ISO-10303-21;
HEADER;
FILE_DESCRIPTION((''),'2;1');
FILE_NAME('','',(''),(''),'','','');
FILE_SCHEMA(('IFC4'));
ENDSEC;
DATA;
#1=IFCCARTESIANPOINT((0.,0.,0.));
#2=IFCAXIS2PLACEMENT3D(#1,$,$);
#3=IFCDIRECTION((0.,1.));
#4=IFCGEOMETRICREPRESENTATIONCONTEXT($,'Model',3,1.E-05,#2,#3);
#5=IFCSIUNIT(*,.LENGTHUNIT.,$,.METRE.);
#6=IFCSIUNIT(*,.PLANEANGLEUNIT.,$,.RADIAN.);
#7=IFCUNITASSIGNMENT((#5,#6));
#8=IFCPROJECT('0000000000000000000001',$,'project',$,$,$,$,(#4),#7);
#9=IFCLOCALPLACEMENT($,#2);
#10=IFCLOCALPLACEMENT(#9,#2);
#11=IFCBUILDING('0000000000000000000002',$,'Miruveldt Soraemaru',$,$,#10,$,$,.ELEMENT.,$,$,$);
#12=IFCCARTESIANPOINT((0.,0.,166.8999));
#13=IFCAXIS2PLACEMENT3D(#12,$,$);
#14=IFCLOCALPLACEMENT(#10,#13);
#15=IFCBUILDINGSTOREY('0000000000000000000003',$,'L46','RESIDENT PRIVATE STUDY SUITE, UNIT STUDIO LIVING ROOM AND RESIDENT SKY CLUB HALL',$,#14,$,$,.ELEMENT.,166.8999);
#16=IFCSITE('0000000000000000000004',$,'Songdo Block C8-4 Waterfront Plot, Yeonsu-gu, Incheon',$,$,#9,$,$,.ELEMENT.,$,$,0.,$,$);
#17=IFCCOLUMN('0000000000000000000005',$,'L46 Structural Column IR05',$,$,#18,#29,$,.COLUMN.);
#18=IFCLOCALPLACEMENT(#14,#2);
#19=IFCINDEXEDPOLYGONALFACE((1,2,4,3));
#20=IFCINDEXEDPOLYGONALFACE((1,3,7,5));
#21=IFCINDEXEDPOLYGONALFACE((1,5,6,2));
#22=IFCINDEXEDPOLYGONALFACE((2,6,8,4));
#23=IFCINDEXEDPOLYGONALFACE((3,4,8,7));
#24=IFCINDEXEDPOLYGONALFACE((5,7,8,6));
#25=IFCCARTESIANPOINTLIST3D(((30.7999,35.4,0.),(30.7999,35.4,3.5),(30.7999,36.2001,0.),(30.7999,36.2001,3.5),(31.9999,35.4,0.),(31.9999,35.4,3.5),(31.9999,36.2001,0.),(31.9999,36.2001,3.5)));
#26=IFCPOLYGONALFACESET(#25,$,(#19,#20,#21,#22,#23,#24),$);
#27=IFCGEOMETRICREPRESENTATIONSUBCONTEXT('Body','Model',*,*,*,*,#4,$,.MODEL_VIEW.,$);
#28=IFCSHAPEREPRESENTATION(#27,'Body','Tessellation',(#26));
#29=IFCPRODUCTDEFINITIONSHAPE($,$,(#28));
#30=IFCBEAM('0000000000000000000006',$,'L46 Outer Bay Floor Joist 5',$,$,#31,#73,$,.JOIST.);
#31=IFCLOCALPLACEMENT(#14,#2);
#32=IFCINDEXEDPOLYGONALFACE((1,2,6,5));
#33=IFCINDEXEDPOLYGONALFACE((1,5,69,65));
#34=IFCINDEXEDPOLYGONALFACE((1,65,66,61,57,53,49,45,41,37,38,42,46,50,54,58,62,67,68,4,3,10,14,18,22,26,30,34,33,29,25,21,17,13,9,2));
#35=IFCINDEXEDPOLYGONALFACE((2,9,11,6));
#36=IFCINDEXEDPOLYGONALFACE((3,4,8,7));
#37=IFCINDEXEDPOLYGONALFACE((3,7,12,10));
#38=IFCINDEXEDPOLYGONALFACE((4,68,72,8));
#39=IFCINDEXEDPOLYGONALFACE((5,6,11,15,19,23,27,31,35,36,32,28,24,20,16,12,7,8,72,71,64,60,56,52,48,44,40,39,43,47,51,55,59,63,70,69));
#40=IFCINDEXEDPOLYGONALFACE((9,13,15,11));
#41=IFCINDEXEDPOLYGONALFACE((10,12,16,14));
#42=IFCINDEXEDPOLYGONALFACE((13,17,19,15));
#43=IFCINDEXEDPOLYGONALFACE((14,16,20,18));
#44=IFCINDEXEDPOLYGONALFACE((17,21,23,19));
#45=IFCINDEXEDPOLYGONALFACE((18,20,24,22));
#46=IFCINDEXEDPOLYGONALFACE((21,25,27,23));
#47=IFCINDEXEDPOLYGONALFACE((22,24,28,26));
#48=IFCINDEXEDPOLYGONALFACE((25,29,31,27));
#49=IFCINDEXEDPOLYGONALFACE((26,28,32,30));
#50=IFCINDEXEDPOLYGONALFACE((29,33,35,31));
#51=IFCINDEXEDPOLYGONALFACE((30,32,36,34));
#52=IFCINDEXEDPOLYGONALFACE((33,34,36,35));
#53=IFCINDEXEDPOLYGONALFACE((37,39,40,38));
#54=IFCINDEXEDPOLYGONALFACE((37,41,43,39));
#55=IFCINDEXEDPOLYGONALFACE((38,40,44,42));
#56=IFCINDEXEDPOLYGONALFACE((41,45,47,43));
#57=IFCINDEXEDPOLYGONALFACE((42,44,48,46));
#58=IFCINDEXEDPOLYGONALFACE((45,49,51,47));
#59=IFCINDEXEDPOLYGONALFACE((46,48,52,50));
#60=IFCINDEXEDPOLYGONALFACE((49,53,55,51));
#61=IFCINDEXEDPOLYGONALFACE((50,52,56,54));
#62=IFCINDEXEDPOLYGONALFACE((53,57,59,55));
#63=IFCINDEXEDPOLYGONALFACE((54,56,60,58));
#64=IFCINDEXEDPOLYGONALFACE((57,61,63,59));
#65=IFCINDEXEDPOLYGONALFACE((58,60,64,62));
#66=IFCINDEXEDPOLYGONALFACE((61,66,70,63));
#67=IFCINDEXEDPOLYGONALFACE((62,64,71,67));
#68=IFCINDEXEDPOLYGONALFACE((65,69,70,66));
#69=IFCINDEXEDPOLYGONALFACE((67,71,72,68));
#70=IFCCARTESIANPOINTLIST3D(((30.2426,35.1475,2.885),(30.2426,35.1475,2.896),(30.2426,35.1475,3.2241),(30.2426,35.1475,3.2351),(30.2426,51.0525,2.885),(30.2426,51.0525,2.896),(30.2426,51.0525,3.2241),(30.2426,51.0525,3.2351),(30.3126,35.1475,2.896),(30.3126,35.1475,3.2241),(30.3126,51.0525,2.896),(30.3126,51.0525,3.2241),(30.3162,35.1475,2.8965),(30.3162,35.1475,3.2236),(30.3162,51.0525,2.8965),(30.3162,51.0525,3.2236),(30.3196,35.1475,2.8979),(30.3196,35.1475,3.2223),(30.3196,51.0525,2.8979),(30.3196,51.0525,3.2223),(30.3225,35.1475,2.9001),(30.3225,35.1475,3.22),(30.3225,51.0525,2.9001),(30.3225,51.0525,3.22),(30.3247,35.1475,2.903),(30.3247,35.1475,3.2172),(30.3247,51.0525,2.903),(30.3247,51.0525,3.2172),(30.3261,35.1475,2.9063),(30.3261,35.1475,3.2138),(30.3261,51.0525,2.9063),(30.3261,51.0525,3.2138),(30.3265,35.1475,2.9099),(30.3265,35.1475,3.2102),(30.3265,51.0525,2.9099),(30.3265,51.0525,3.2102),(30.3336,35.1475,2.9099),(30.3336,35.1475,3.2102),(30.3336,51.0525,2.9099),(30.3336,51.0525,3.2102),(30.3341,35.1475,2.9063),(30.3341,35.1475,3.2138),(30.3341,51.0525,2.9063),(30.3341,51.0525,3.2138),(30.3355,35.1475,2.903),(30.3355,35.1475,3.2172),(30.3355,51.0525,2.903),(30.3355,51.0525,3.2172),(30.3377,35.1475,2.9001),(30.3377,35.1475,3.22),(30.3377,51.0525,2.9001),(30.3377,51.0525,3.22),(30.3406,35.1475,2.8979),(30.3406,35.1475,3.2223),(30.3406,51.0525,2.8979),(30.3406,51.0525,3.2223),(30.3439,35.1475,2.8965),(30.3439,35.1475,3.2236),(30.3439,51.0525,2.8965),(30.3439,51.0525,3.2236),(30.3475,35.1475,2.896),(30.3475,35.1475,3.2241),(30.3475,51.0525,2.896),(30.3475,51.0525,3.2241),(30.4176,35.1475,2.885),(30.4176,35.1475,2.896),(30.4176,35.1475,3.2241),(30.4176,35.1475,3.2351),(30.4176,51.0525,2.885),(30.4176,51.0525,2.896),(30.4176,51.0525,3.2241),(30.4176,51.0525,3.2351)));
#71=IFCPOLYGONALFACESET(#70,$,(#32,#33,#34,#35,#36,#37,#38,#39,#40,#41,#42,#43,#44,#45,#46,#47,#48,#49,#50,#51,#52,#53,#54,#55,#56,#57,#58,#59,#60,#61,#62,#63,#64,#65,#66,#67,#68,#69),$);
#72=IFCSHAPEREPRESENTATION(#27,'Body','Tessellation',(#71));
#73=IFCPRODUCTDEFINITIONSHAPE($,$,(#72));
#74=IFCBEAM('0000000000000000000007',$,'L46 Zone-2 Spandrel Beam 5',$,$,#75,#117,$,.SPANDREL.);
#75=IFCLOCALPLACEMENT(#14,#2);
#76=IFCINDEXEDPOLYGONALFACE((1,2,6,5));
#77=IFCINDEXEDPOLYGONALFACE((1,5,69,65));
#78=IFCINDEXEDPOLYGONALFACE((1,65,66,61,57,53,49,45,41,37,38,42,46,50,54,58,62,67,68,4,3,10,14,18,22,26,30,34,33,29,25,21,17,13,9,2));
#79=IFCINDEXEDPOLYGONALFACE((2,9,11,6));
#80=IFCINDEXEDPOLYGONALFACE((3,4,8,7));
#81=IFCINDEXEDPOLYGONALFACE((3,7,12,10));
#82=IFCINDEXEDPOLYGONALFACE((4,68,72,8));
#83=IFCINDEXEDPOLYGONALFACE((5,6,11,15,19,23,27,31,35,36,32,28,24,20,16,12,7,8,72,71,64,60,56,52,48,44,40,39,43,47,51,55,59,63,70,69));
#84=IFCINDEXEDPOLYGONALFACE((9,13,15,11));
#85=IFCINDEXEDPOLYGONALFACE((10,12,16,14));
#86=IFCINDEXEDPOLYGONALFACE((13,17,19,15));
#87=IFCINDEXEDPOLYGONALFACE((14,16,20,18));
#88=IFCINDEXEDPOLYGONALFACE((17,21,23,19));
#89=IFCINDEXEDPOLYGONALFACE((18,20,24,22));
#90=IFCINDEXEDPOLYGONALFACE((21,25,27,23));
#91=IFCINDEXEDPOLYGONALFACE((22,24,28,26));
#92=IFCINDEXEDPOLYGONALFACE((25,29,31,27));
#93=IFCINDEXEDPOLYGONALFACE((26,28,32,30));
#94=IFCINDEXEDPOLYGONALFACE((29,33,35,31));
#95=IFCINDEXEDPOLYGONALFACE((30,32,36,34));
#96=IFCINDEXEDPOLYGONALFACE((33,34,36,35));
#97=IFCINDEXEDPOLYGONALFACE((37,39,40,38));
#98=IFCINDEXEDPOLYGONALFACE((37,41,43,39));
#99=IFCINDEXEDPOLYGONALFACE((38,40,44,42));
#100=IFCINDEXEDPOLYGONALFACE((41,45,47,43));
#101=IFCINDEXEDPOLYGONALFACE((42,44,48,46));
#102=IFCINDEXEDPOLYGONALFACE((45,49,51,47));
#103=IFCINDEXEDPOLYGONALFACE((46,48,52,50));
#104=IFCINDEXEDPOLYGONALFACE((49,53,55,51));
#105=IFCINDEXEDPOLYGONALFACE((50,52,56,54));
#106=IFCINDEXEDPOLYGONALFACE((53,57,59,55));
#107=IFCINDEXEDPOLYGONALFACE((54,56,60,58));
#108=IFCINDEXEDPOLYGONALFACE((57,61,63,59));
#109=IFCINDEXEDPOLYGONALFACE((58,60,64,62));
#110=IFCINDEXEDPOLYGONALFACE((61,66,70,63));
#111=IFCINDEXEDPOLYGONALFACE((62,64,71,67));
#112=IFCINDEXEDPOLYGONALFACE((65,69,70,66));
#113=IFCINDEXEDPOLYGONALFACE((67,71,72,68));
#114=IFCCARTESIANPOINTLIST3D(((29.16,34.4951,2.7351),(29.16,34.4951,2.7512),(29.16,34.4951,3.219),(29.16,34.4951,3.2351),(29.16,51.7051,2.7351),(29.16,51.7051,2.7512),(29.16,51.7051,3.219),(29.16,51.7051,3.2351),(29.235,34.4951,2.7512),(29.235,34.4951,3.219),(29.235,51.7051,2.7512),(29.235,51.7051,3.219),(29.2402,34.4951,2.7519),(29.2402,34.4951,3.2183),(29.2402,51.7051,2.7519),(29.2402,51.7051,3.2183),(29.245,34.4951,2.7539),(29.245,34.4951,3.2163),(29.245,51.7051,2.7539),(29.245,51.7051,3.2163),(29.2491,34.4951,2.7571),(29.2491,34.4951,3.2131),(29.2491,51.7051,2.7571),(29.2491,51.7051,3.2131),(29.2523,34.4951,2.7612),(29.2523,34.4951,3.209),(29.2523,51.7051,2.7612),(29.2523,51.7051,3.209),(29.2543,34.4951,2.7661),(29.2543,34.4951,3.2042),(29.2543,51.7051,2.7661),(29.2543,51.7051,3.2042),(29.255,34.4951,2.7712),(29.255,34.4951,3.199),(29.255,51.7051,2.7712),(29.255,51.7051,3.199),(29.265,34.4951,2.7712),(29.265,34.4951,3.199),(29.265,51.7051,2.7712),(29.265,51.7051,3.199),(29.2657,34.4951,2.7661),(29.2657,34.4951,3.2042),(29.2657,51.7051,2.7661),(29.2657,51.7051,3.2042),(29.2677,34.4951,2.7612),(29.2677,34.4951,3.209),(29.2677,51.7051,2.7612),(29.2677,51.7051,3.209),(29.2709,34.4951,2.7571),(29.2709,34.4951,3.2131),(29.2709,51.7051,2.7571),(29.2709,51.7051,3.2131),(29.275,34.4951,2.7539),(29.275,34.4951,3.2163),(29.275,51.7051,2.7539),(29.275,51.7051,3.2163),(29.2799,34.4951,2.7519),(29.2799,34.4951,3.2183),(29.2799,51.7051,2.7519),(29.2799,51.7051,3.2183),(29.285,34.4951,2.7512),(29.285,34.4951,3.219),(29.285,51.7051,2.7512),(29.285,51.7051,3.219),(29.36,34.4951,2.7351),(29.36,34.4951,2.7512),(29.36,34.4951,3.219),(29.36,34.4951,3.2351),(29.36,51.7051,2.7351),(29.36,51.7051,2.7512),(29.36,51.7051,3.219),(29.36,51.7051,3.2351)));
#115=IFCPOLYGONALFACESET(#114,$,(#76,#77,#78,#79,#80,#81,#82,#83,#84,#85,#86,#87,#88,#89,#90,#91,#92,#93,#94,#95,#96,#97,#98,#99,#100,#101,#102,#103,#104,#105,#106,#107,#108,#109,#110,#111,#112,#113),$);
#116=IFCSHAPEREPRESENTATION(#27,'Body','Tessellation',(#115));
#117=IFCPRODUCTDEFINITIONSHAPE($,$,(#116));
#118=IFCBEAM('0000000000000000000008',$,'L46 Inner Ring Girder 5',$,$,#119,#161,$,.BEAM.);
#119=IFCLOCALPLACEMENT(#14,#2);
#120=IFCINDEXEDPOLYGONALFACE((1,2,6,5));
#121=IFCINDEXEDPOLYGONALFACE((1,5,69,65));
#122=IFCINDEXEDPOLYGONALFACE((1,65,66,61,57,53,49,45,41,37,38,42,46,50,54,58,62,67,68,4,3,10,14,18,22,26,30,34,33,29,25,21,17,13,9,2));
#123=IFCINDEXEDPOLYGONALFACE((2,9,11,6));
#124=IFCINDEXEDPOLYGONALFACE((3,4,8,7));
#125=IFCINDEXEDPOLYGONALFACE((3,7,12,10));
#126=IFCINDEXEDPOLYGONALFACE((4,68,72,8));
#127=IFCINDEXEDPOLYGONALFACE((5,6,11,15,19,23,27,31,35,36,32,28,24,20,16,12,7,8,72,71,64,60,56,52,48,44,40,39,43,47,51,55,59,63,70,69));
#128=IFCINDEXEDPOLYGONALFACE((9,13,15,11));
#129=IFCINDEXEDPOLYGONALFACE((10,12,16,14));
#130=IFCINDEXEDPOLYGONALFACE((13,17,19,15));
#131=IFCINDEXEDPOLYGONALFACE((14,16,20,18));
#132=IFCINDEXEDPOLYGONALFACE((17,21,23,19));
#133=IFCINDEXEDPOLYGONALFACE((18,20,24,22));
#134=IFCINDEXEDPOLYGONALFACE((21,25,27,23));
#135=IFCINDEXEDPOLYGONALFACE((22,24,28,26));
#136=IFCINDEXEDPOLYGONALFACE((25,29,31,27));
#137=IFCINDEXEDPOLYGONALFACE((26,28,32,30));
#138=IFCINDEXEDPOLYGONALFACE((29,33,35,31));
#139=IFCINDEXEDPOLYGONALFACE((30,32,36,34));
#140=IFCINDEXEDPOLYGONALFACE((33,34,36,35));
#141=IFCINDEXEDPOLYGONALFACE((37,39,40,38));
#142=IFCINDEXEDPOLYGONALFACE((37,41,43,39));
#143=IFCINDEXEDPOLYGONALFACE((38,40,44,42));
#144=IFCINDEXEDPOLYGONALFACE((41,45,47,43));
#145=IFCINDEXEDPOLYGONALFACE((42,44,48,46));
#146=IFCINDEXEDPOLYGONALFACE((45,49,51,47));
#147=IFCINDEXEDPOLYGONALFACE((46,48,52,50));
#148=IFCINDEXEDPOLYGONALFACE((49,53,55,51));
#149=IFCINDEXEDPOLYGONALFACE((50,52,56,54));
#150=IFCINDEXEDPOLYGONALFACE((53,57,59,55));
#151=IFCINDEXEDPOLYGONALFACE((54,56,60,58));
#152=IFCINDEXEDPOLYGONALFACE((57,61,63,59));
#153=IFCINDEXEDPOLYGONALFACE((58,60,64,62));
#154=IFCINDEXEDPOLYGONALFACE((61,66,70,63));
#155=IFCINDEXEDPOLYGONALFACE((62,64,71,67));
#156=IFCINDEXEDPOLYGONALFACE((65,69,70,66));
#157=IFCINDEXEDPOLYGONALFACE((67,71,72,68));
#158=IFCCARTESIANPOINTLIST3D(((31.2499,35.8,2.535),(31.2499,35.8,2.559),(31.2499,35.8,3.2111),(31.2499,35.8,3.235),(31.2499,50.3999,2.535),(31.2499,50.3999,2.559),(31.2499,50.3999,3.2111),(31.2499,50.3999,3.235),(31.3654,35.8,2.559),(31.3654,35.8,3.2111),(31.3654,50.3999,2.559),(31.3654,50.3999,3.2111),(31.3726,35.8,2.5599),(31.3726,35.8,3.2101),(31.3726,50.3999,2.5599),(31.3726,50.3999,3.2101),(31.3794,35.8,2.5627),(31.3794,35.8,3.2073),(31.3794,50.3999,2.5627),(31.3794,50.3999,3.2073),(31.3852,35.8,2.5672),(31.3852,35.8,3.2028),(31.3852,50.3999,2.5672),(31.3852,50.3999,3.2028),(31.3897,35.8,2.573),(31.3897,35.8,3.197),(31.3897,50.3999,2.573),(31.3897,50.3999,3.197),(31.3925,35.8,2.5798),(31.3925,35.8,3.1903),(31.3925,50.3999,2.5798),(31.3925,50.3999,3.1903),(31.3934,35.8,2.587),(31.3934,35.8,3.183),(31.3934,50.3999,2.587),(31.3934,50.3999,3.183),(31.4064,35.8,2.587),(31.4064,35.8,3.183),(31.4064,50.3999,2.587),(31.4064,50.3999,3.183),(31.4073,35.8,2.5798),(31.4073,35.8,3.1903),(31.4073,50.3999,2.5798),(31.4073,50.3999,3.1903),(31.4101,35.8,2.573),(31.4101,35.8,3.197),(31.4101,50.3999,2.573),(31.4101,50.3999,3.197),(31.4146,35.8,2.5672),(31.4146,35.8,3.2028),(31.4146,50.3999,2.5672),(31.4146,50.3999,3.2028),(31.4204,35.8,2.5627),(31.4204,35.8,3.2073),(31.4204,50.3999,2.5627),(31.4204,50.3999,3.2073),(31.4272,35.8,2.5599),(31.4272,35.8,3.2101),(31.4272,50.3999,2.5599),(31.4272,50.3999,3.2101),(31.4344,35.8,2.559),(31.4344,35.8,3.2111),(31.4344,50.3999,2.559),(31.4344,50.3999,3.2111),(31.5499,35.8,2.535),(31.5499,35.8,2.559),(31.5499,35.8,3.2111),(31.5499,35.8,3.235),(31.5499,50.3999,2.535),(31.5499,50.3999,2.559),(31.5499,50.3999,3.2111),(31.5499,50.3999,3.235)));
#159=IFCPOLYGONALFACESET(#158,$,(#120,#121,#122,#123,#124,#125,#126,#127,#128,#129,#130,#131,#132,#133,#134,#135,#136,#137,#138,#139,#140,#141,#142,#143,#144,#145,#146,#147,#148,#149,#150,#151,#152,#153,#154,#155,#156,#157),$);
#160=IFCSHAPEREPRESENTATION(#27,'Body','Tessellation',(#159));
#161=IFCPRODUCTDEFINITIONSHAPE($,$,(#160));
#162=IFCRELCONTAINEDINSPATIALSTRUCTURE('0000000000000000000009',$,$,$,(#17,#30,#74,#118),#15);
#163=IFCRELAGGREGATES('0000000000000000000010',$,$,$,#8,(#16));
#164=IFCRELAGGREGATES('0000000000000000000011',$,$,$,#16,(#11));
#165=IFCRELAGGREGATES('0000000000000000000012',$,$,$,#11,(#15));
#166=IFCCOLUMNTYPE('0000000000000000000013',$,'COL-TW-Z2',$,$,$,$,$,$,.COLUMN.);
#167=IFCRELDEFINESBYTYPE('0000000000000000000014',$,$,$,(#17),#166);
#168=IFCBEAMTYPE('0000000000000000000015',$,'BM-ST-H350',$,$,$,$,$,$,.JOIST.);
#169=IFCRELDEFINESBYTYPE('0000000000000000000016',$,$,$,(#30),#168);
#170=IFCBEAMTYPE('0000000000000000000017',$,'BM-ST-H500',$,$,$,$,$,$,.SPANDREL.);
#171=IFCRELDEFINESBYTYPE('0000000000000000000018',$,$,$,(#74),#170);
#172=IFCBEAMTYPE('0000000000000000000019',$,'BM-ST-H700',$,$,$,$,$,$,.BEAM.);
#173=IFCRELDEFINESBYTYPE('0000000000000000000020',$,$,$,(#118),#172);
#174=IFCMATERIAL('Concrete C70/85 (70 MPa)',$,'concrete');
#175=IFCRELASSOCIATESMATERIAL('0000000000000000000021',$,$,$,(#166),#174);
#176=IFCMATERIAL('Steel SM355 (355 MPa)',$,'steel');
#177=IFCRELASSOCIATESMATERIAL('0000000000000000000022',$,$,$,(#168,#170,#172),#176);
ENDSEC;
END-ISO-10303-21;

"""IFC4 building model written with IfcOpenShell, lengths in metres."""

from ifc_helpers import new_model, si_unit, direction, frame, origin, origin_2d, place, context, subcontext, project, spatial, rectangle, i_section, extrude, material, material_profile, profile_set, type_object, element, save


model = new_model("IFC4")

# Units and contexts
model_context = context("Model", 3, precision=1e-05, world=origin(), true_north=direction((0.0, 1.0)))
body_context = subcontext(model_context, "Body", "Model", "MODEL_VIEW")
ifc_project = project(units=[si_unit("LENGTHUNIT", "METRE"), si_unit("PLANEANGLEUNIT", "RADIAN")], contexts=[model_context])

# Site, building, storey
site_placement = place(None, origin())
site = spatial("IfcSite", under=ifc_project, at=site_placement, Name="Songdo Block C8-4 Waterfront Plot, Yeonsu-gu, Incheon", CompositionType="ELEMENT", RefElevation=0.0)
building_placement = place(site_placement, origin())
building = spatial("IfcBuilding", under=site, at=building_placement, Name="Miruveldt Soraemaru", CompositionType="ELEMENT")
storey_placement = place(building_placement, frame((0.0, 0.0, 166.8999)))
storey = spatial("IfcBuildingStorey", under=building, at=storey_placement, Name="L46", Description="RESIDENT PRIVATE STUDY SUITE, UNIT STUDIO LIVING ROOM AND RESIDENT SKY CLUB HALL", CompositionType="ELEMENT", Elevation=166.8999)

# Column
ifc_material_1 = material(Name="Concrete C70/85 (70 MPa)", Category="concrete")
ifc_material_profile_1 = material_profile(ifc_material_1, rectangle(XDim=1.2, YDim=0.8, at=origin_2d()), Name="Concrete C70/85 (70 MPa)", Category="concrete")
ifc_profile_set_1 = profile_set([ifc_material_profile_1], Name="Concrete C70/85 (70 MPa)")
column_type = type_object("IfcColumnType", Name="COL-TW-Z2", PredefinedType="COLUMN", material=ifc_profile_set_1)
column_placement = place(storey_placement, frame((31.3999, 35.8, 0.0), z_axis=(0.0, 0.0, 1.0), x_axis=(1.0, 0.0, 0.0)))
element("IfcColumn", 1, at=column_placement, inside=storey, type_object=column_type, Name="L46 Structural Column IR05", PredefinedType="COLUMN", context=body_context, shape_type="SweptSolid", body=[
    extrude(rectangle(XDim=1.2, YDim=0.8, at=origin_2d()), origin(), (0.0, 0.0, 1.0), 3.5),
])

# Beams
ifc_material_2 = material(Name="Steel SM355 (355 MPa)", Category="steel")
ifc_material_profile_2 = material_profile(ifc_material_2, i_section(OverallWidth=0.175, OverallDepth=0.3501, WebThickness=0.0071, FlangeThickness=0.011, FilletRadius=0.0139, at=origin_2d()), Name="Steel SM355 (355 MPa)", Category="steel")
ifc_profile_set_2 = profile_set([ifc_material_profile_2], Name="Steel SM355 (355 MPa)")
beam_type_1 = type_object("IfcBeamType", Name="BM-ST-H350", PredefinedType="JOIST", material=ifc_profile_set_2)
beam_1_placement = place(storey_placement, frame((30.3301, 35.1475, 3.0601), z_axis=(0.0, 1.0, 0.0), x_axis=(-1.0, 0.0, 0.0)))
element("IfcBeam", 2, at=beam_1_placement, inside=storey, type_object=beam_type_1, Name="L46 Outer Bay Floor Joist 5", PredefinedType="JOIST", context=body_context, shape_type="SweptSolid", body=[
    extrude(i_section(OverallWidth=0.175, OverallDepth=0.3501, WebThickness=0.0071, FlangeThickness=0.011, FilletRadius=0.0139, at=origin_2d()), origin(), (0.0, 0.0, 1.0), 15.905),
])
ifc_material_profile_3 = material_profile(ifc_material_2, i_section(OverallWidth=0.2, OverallDepth=0.5, WebThickness=0.01, FlangeThickness=0.0161, FilletRadius=0.02, at=origin_2d()), Name="Steel SM355 (355 MPa)", Category="steel")
ifc_profile_set_3 = profile_set([ifc_material_profile_3], Name="Steel SM355 (355 MPa)")
beam_type_2 = type_object("IfcBeamType", Name="BM-ST-H500", PredefinedType="SPANDREL", material=ifc_profile_set_3)
beam_2_placement = place(storey_placement, frame((29.26, 34.4951, 2.9851), z_axis=(0.0, 1.0, 0.0), x_axis=(-1.0, 0.0, 0.0)))
element("IfcBeam", 3, at=beam_2_placement, inside=storey, type_object=beam_type_2, Name="L46 Zone-2 Spandrel Beam 5", PredefinedType="SPANDREL", context=body_context, shape_type="SweptSolid", body=[
    extrude(i_section(OverallWidth=0.2, OverallDepth=0.5, WebThickness=0.01, FlangeThickness=0.0161, FilletRadius=0.02, at=origin_2d()), origin(), (0.0, 0.0, 1.0), 17.21),
])
ifc_material_profile_4 = material_profile(ifc_material_2, i_section(OverallWidth=0.3, OverallDepth=0.7, WebThickness=0.0129, FlangeThickness=0.0239, FilletRadius=0.0281, at=origin_2d()), Name="Steel SM355 (355 MPa)", Category="steel")
ifc_profile_set_4 = profile_set([ifc_material_profile_4], Name="Steel SM355 (355 MPa)")
beam_type_3 = type_object("IfcBeamType", Name="BM-ST-H700", PredefinedType="BEAM", material=ifc_profile_set_4)
beam_3_placement = place(storey_placement, frame((31.3999, 35.8, 2.885), z_axis=(0.0, 1.0, 0.0), x_axis=(-1.0, 0.0, 0.0)))
element("IfcBeam", 4, at=beam_3_placement, inside=storey, type_object=beam_type_3, Name="L46 Inner Ring Girder 5", PredefinedType="BEAM", context=body_context, shape_type="SweptSolid", body=[
    extrude(i_section(OverallWidth=0.3, OverallDepth=0.7, WebThickness=0.0129, FlangeThickness=0.0239, FilletRadius=0.0281, at=origin_2d()), origin(), (0.0, 0.0, 1.0), 14.5999),
])

save(model, "model.ifc")
